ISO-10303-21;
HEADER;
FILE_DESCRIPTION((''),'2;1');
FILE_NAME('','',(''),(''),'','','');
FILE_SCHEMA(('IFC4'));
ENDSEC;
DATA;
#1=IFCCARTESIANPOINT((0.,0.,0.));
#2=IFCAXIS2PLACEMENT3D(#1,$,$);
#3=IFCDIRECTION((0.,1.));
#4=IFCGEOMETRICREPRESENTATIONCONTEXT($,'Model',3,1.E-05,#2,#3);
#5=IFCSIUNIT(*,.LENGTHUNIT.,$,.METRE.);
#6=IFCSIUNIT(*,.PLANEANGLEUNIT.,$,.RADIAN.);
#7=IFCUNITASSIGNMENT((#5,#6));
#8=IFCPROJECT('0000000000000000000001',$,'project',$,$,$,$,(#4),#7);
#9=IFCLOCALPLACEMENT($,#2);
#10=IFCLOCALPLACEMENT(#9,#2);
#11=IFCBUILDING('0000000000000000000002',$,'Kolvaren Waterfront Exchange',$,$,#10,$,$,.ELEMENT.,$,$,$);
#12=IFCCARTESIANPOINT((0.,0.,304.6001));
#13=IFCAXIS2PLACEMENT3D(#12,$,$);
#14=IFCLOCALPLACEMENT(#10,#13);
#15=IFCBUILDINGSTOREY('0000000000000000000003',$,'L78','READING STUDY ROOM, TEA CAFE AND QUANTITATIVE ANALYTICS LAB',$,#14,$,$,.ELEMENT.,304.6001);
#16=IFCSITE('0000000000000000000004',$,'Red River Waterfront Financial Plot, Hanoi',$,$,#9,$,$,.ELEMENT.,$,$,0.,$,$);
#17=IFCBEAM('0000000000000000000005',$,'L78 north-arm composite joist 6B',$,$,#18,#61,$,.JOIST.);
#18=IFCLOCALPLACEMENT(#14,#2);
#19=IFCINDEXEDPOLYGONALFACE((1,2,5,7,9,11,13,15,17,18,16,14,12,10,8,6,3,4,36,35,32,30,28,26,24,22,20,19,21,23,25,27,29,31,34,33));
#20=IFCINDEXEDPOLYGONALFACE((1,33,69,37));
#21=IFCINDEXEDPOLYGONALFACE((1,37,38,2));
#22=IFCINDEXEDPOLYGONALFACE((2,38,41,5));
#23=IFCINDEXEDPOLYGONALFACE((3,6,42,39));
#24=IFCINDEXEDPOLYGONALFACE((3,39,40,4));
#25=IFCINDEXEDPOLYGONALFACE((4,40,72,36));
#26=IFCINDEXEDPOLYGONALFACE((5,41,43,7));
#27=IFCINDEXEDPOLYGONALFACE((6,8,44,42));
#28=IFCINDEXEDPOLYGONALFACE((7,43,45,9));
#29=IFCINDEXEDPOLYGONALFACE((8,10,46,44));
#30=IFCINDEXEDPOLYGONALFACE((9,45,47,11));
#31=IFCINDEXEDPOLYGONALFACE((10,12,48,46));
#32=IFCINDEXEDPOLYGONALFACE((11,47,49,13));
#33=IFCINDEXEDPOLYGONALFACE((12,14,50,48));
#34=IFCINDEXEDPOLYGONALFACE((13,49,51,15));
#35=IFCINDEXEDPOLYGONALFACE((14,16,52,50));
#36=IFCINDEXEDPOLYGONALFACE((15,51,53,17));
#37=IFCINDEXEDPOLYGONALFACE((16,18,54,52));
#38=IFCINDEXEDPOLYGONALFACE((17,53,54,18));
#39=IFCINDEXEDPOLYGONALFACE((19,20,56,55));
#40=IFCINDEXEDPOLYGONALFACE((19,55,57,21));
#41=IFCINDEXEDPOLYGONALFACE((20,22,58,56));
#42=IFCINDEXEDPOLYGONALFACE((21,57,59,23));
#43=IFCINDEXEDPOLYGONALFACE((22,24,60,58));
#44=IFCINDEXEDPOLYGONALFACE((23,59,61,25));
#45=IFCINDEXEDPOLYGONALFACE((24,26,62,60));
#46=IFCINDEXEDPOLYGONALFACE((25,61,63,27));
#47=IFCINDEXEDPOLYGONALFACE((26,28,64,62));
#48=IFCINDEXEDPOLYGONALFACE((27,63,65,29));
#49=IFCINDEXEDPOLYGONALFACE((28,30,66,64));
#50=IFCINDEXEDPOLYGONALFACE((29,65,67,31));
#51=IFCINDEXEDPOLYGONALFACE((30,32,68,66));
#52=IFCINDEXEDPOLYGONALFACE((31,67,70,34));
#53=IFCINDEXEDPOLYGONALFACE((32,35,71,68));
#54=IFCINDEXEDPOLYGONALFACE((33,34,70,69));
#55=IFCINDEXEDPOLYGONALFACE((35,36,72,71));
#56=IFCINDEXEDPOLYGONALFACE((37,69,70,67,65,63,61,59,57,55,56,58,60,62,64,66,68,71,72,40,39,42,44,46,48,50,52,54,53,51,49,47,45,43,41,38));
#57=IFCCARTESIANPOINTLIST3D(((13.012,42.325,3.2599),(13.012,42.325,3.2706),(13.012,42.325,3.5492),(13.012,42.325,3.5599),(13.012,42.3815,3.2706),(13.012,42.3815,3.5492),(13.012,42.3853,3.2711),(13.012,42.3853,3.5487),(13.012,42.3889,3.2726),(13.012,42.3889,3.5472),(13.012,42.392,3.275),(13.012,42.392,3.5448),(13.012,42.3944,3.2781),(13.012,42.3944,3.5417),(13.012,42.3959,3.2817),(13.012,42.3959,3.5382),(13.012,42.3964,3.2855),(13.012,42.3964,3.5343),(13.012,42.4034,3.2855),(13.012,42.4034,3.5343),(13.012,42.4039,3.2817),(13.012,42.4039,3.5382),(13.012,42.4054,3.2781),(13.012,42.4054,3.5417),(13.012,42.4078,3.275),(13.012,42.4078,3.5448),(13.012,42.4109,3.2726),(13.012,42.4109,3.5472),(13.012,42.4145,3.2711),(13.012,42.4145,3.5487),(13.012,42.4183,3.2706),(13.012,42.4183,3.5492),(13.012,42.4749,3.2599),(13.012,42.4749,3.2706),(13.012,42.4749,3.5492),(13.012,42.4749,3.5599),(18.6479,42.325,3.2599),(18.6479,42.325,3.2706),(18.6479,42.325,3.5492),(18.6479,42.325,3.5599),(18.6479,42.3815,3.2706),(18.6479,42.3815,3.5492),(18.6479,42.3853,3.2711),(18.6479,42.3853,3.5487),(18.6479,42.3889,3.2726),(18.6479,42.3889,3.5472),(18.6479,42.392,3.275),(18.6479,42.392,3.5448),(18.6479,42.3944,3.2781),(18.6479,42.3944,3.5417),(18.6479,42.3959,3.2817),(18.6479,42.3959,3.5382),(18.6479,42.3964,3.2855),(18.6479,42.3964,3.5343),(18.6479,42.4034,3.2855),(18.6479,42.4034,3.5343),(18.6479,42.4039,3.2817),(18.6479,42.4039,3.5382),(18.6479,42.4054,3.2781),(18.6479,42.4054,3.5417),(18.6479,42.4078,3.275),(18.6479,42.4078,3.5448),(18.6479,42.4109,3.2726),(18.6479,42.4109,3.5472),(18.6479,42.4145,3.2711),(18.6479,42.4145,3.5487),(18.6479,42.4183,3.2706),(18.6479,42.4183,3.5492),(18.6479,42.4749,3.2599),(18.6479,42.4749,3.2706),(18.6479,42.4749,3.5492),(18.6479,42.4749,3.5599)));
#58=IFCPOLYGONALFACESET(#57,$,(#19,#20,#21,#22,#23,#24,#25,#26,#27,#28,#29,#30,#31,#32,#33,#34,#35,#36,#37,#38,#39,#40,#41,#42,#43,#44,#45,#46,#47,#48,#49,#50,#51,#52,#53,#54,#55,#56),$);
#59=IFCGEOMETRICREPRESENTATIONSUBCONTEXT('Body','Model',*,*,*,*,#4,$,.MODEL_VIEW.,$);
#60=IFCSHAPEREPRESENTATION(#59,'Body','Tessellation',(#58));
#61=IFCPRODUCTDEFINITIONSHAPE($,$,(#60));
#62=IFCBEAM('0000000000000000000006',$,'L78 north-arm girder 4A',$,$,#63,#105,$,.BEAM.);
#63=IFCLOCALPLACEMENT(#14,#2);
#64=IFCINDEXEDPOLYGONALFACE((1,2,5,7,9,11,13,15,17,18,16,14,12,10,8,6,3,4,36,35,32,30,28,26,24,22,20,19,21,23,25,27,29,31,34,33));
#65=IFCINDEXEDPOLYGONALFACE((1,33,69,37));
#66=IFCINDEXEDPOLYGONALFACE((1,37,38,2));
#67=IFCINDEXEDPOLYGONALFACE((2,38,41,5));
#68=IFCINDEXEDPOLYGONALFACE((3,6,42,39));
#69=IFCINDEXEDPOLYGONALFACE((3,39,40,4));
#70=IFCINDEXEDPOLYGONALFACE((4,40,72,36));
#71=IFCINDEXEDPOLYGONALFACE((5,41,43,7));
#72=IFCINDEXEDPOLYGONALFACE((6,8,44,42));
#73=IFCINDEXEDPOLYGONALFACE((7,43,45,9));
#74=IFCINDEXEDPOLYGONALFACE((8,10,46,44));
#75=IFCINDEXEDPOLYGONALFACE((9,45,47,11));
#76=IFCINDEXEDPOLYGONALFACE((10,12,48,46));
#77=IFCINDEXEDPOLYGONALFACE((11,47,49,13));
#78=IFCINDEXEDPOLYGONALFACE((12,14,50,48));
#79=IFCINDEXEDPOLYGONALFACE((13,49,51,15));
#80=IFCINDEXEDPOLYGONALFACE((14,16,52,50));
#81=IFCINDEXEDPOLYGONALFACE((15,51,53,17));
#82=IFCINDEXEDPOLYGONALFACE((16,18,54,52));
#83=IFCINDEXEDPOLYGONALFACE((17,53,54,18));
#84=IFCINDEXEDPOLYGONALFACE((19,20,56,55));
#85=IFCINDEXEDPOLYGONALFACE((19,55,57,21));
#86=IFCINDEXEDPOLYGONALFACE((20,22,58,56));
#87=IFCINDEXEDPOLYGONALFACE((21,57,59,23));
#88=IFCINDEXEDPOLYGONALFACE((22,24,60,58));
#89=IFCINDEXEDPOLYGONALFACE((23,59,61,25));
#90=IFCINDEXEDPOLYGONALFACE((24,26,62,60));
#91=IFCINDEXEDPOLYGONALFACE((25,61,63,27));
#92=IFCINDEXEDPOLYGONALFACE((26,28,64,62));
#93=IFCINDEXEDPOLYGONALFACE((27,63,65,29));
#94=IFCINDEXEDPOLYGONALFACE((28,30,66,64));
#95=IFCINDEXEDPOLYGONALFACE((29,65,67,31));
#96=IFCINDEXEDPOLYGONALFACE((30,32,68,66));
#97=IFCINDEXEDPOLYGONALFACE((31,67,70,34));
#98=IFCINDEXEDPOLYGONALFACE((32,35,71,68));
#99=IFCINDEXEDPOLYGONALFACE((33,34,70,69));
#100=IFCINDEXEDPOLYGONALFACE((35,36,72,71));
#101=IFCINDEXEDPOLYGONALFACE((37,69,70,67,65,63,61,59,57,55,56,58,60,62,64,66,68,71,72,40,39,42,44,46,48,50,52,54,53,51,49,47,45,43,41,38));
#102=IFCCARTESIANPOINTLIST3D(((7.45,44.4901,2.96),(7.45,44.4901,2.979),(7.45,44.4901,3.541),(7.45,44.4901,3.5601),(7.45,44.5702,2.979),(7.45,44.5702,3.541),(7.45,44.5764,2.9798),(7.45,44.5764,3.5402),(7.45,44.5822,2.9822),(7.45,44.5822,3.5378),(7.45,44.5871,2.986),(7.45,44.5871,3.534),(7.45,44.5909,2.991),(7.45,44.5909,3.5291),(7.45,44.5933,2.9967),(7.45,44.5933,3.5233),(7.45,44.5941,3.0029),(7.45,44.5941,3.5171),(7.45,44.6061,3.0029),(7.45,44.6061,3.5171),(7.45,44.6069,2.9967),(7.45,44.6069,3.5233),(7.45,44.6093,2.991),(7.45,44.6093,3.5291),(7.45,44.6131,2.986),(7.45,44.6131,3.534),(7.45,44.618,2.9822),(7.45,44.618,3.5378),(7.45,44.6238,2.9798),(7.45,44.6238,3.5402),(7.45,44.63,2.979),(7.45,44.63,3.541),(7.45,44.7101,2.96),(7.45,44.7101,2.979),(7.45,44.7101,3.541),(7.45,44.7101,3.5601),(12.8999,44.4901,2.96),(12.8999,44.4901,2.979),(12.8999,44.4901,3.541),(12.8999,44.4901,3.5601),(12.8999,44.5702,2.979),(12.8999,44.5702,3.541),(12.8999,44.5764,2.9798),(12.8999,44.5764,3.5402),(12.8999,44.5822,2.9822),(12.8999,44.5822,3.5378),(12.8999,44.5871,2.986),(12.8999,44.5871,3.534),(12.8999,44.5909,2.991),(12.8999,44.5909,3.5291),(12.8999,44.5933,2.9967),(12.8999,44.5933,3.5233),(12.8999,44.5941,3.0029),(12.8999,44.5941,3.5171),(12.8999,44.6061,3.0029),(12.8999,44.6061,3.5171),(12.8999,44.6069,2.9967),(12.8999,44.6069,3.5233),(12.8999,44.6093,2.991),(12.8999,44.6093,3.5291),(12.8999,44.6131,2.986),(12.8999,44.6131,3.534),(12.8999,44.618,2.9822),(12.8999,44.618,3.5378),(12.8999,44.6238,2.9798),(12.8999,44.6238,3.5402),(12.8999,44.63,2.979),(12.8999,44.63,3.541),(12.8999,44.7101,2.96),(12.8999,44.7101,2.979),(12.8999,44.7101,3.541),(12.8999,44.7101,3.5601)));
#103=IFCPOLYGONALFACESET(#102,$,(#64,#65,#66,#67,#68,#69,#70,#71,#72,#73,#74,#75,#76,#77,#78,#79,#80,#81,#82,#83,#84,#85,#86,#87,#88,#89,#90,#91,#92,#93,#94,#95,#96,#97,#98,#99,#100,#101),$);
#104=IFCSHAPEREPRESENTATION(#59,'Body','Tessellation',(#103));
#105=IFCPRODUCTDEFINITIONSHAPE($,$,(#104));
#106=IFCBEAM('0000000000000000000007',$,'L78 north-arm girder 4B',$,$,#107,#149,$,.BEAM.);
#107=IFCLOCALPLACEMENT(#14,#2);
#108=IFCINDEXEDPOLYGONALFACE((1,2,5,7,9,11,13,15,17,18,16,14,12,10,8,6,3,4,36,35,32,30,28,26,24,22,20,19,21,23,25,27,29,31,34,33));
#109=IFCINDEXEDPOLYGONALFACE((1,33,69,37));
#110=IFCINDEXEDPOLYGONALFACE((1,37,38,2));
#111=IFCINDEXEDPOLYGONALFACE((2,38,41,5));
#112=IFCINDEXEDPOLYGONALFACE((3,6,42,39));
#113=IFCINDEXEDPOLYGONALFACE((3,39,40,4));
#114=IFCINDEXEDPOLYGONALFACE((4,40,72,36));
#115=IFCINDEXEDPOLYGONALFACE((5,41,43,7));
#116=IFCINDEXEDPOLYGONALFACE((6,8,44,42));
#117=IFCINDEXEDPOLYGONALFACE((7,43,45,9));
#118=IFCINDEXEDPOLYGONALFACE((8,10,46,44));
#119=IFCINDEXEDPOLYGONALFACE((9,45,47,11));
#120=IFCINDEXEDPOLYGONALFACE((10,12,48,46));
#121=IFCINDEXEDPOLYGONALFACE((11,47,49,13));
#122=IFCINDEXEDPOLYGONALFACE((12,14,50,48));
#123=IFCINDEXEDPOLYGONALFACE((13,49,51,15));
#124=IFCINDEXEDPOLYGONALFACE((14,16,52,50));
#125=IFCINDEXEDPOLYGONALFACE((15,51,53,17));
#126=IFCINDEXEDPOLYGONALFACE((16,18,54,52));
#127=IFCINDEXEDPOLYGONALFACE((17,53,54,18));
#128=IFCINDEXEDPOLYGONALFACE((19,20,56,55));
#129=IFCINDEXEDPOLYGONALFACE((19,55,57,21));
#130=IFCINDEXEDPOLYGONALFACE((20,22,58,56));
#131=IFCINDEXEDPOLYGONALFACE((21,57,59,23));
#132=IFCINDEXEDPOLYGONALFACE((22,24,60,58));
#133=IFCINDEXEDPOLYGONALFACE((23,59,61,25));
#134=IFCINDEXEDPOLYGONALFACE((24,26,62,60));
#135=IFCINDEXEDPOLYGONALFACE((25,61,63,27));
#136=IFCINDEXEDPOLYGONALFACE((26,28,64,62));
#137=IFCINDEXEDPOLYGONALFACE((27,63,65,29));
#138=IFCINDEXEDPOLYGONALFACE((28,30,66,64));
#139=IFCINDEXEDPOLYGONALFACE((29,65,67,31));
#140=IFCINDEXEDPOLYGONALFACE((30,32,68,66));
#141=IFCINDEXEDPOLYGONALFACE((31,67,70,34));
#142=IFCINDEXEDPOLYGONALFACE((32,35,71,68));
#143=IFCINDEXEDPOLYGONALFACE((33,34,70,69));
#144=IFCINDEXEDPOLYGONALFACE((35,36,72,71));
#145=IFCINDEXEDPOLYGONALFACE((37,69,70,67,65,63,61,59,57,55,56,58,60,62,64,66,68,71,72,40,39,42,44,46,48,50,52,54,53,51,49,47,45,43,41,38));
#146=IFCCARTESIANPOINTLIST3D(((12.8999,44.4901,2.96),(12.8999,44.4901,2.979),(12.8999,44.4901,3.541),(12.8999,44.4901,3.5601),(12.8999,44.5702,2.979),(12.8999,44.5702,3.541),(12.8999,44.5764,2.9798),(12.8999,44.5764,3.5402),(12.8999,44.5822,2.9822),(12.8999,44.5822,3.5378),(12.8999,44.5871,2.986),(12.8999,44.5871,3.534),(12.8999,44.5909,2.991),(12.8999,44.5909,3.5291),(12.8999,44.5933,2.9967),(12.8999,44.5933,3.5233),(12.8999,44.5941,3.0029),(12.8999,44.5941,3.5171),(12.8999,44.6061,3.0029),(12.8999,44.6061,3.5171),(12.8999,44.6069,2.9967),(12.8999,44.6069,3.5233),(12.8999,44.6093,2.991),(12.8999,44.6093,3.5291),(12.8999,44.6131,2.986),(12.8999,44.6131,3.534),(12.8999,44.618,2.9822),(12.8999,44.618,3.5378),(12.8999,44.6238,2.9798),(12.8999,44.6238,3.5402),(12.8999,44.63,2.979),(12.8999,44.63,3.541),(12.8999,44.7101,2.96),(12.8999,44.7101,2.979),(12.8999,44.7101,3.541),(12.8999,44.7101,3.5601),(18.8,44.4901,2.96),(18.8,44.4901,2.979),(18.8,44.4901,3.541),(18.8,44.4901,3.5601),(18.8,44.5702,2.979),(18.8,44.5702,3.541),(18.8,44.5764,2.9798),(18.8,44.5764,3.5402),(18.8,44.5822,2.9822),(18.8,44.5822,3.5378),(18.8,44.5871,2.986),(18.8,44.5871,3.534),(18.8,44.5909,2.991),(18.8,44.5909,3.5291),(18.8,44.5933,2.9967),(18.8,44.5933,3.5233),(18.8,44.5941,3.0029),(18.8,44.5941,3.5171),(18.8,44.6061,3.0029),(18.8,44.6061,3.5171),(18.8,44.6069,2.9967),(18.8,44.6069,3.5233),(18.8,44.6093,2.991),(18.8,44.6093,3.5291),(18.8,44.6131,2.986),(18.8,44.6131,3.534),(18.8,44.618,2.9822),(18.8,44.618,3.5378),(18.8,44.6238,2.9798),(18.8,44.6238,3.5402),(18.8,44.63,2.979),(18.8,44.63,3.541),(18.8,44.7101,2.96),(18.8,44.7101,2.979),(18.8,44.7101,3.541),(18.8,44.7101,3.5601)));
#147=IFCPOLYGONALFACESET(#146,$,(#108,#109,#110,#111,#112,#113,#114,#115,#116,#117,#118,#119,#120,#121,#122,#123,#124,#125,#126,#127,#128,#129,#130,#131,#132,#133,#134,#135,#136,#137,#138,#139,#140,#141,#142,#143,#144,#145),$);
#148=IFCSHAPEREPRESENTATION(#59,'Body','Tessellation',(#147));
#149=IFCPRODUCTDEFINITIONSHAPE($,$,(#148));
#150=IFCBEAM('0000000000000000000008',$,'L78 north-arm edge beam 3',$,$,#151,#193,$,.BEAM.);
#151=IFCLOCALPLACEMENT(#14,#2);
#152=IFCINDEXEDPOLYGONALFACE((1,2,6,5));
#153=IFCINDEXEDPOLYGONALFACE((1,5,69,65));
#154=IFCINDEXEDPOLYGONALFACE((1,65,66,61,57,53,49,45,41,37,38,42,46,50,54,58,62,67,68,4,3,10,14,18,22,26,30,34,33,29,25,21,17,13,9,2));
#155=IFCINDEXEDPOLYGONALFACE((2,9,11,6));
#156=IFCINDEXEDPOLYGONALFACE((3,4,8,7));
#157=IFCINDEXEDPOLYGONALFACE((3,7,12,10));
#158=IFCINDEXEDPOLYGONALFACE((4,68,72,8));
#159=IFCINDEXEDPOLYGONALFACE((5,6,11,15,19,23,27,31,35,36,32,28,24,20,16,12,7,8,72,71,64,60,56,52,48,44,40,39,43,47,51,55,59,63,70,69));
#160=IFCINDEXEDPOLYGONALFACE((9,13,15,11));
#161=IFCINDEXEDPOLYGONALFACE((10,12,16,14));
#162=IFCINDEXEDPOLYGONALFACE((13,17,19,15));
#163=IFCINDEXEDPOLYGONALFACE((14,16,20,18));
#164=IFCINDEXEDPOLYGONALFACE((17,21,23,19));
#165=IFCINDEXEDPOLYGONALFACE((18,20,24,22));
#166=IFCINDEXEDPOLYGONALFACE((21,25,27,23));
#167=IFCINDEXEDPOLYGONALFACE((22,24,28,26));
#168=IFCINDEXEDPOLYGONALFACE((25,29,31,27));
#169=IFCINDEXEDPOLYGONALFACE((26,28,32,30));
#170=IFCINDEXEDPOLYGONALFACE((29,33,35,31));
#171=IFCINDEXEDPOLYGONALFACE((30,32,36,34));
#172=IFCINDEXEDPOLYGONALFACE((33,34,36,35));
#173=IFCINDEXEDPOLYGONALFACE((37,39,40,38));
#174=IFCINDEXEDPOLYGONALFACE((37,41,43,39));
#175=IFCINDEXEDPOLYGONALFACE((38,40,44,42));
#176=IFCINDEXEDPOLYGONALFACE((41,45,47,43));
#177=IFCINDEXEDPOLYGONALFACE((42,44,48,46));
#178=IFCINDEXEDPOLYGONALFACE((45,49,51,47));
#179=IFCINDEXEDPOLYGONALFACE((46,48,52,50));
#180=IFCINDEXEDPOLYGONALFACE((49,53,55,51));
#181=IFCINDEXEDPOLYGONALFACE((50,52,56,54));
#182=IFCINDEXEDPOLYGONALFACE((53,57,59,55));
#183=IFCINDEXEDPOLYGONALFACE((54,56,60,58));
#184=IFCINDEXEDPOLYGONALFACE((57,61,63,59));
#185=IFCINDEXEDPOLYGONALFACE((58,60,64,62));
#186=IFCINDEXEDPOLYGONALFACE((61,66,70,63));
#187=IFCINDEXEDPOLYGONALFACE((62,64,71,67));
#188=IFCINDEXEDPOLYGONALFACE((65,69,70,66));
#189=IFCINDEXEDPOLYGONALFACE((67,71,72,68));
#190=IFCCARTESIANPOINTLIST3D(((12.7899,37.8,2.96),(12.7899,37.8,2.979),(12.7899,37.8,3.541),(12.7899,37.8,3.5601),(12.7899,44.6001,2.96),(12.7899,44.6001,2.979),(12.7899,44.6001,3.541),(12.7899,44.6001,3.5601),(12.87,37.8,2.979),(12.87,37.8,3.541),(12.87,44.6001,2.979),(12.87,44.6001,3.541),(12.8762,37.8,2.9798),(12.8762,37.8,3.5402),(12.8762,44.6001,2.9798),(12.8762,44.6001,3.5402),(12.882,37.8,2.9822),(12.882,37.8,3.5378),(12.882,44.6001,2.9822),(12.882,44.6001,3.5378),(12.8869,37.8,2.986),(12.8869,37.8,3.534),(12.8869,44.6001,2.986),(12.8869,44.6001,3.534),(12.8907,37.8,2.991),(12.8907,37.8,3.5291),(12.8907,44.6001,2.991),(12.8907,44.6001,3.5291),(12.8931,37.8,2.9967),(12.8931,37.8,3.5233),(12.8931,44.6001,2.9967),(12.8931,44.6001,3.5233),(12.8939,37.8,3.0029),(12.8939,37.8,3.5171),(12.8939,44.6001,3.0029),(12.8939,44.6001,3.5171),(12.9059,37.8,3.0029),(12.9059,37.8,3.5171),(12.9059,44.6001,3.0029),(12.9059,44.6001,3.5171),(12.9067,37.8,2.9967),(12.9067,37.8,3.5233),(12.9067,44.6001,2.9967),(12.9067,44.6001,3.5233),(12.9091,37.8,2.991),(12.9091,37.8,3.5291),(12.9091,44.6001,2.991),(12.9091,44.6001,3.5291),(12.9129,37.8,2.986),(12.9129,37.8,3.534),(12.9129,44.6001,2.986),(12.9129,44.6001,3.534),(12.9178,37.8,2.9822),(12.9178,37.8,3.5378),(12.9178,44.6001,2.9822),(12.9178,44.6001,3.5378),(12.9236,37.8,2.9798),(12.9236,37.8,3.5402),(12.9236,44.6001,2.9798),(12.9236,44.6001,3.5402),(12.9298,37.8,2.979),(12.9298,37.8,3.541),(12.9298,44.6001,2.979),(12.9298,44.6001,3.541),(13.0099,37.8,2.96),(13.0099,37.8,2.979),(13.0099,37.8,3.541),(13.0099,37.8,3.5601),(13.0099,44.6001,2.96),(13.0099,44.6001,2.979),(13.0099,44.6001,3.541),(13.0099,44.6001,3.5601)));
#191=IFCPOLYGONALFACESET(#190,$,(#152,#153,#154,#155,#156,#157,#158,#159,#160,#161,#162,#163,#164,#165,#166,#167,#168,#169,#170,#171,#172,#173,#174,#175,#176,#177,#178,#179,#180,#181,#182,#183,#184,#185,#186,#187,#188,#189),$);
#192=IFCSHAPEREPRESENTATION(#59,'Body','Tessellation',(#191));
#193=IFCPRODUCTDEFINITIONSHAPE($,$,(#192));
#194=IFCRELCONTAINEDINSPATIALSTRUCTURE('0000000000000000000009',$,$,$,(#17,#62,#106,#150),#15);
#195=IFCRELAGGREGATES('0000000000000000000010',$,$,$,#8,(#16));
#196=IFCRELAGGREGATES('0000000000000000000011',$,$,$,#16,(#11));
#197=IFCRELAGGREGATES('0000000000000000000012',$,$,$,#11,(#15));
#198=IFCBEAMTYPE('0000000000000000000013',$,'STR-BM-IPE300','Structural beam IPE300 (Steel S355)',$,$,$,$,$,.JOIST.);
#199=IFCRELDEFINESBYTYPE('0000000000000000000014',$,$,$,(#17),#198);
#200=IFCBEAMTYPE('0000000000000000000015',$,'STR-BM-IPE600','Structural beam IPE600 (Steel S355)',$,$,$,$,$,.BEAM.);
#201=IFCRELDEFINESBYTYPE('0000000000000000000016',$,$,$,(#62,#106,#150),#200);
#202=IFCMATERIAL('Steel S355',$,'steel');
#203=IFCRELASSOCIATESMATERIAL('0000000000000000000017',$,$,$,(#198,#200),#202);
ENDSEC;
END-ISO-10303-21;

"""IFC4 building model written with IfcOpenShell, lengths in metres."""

from ifc_helpers import new_model, si_unit, direction, frame, origin, origin_2d, place, context, subcontext, project, spatial, i_section, extrude, material, material_profile, profile_set, type_object, element, save


model = new_model("IFC4")

# Units and contexts
model_context = context("Model", 3, precision=1e-05, world=origin(), true_north=direction((0.0, 1.0)))
body_context = subcontext(model_context, "Body", "Model", "MODEL_VIEW")
ifc_project = project(units=[si_unit("LENGTHUNIT", "METRE"), si_unit("PLANEANGLEUNIT", "RADIAN")], contexts=[model_context])

# Site, building, storey
site_placement = place(None, origin())
site = spatial("IfcSite", under=ifc_project, at=site_placement, Name="Red River Waterfront Financial Plot, Hanoi", CompositionType="ELEMENT", RefElevation=0.0)
building_placement = place(site_placement, origin())
building = spatial("IfcBuilding", under=site, at=building_placement, Name="Kolvaren Waterfront Exchange", CompositionType="ELEMENT")
storey_placement = place(building_placement, frame((0.0, 0.0, 304.6001)))
storey = spatial("IfcBuildingStorey", under=building, at=storey_placement, Name="L78", Description="READING STUDY ROOM, TEA CAFE AND QUANTITATIVE ANALYTICS LAB", CompositionType="ELEMENT", Elevation=304.6001)

# Beams
ifc_material_1 = material(Name="Steel S355", Category="steel")
ifc_material_profile_1 = material_profile(ifc_material_1, i_section(OverallWidth=0.1499, OverallDepth=0.3, WebThickness=0.0071, FlangeThickness=0.0107, FilletRadius=0.0149, at=origin_2d()), Name="IPE300")
ifc_profile_set_1 = profile_set([ifc_material_profile_1], Name="Steel S355")
beam_type_1 = type_object("IfcBeamType", Name="STR-BM-IPE300", Description="Structural beam IPE300 (Steel S355)", PredefinedType="JOIST", material=ifc_profile_set_1)
beam_1_placement = place(storey_placement, frame((13.012, 42.3999, 3.4099), z_axis=(1.0, 0.0, 0.0), x_axis=(0.0, 1.0, 0.0)))
element("IfcBeam", 1, at=beam_1_placement, inside=storey, type_object=beam_type_1, Name="L78 north-arm composite joist 6B", PredefinedType="JOIST", context=body_context, shape_type="SweptSolid", body=[
    extrude(i_section(OverallWidth=0.1499, OverallDepth=0.3, WebThickness=0.0071, FlangeThickness=0.0107, FilletRadius=0.0149, at=origin_2d()), origin(), (0.0, 0.0, 1.0), 5.636),
])
ifc_material_profile_2 = material_profile(ifc_material_1, i_section(OverallWidth=0.22, OverallDepth=0.6001, WebThickness=0.012, FlangeThickness=0.019, FilletRadius=0.0239, at=origin_2d()), Name="IPE600")
ifc_profile_set_2 = profile_set([ifc_material_profile_2], Name="Steel S355")
beam_type_2 = type_object("IfcBeamType", Name="STR-BM-IPE600", Description="Structural beam IPE600 (Steel S355)", PredefinedType="BEAM", material=ifc_profile_set_2)
beam_2_placement = place(storey_placement, frame((7.45, 44.6001, 3.26), z_axis=(1.0, 0.0, 0.0), x_axis=(0.0, 1.0, 0.0)))
element("IfcBeam", 2, at=beam_2_placement, inside=storey, type_object=beam_type_2, Name="L78 north-arm girder 4A", PredefinedType="BEAM", context=body_context, shape_type="SweptSolid", body=[
    extrude(i_section(OverallWidth=0.22, OverallDepth=0.6001, WebThickness=0.012, FlangeThickness=0.019, FilletRadius=0.0239, at=origin_2d()), origin(), (0.0, 0.0, 1.0), 5.45),
])
beam_3_placement = place(storey_placement, frame((12.8999, 44.6001, 3.26), z_axis=(1.0, 0.0, 0.0), x_axis=(0.0, 1.0, 0.0)))
element("IfcBeam", 3, at=beam_3_placement, inside=storey, type_object=beam_type_2, Name="L78 north-arm girder 4B", PredefinedType="BEAM", context=body_context, shape_type="SweptSolid", body=[
    extrude(i_section(OverallWidth=0.22, OverallDepth=0.6001, WebThickness=0.012, FlangeThickness=0.019, FilletRadius=0.0239, at=origin_2d()), origin(), (0.0, 0.0, 1.0), 5.9001),
])
beam_4_placement = place(storey_placement, frame((12.8999, 37.8, 3.26), z_axis=(0.0, 1.0, 0.0), x_axis=(-1.0, 0.0, 0.0)))
element("IfcBeam", 4, at=beam_4_placement, inside=storey, type_object=beam_type_2, Name="L78 north-arm edge beam 3", PredefinedType="BEAM", context=body_context, shape_type="SweptSolid", body=[
    extrude(i_section(OverallWidth=0.22, OverallDepth=0.6001, WebThickness=0.012, FlangeThickness=0.019, FilletRadius=0.0239, at=origin_2d()), origin(), (0.0, 0.0, 1.0), 6.8),
])

save(model, "model.ifc")
